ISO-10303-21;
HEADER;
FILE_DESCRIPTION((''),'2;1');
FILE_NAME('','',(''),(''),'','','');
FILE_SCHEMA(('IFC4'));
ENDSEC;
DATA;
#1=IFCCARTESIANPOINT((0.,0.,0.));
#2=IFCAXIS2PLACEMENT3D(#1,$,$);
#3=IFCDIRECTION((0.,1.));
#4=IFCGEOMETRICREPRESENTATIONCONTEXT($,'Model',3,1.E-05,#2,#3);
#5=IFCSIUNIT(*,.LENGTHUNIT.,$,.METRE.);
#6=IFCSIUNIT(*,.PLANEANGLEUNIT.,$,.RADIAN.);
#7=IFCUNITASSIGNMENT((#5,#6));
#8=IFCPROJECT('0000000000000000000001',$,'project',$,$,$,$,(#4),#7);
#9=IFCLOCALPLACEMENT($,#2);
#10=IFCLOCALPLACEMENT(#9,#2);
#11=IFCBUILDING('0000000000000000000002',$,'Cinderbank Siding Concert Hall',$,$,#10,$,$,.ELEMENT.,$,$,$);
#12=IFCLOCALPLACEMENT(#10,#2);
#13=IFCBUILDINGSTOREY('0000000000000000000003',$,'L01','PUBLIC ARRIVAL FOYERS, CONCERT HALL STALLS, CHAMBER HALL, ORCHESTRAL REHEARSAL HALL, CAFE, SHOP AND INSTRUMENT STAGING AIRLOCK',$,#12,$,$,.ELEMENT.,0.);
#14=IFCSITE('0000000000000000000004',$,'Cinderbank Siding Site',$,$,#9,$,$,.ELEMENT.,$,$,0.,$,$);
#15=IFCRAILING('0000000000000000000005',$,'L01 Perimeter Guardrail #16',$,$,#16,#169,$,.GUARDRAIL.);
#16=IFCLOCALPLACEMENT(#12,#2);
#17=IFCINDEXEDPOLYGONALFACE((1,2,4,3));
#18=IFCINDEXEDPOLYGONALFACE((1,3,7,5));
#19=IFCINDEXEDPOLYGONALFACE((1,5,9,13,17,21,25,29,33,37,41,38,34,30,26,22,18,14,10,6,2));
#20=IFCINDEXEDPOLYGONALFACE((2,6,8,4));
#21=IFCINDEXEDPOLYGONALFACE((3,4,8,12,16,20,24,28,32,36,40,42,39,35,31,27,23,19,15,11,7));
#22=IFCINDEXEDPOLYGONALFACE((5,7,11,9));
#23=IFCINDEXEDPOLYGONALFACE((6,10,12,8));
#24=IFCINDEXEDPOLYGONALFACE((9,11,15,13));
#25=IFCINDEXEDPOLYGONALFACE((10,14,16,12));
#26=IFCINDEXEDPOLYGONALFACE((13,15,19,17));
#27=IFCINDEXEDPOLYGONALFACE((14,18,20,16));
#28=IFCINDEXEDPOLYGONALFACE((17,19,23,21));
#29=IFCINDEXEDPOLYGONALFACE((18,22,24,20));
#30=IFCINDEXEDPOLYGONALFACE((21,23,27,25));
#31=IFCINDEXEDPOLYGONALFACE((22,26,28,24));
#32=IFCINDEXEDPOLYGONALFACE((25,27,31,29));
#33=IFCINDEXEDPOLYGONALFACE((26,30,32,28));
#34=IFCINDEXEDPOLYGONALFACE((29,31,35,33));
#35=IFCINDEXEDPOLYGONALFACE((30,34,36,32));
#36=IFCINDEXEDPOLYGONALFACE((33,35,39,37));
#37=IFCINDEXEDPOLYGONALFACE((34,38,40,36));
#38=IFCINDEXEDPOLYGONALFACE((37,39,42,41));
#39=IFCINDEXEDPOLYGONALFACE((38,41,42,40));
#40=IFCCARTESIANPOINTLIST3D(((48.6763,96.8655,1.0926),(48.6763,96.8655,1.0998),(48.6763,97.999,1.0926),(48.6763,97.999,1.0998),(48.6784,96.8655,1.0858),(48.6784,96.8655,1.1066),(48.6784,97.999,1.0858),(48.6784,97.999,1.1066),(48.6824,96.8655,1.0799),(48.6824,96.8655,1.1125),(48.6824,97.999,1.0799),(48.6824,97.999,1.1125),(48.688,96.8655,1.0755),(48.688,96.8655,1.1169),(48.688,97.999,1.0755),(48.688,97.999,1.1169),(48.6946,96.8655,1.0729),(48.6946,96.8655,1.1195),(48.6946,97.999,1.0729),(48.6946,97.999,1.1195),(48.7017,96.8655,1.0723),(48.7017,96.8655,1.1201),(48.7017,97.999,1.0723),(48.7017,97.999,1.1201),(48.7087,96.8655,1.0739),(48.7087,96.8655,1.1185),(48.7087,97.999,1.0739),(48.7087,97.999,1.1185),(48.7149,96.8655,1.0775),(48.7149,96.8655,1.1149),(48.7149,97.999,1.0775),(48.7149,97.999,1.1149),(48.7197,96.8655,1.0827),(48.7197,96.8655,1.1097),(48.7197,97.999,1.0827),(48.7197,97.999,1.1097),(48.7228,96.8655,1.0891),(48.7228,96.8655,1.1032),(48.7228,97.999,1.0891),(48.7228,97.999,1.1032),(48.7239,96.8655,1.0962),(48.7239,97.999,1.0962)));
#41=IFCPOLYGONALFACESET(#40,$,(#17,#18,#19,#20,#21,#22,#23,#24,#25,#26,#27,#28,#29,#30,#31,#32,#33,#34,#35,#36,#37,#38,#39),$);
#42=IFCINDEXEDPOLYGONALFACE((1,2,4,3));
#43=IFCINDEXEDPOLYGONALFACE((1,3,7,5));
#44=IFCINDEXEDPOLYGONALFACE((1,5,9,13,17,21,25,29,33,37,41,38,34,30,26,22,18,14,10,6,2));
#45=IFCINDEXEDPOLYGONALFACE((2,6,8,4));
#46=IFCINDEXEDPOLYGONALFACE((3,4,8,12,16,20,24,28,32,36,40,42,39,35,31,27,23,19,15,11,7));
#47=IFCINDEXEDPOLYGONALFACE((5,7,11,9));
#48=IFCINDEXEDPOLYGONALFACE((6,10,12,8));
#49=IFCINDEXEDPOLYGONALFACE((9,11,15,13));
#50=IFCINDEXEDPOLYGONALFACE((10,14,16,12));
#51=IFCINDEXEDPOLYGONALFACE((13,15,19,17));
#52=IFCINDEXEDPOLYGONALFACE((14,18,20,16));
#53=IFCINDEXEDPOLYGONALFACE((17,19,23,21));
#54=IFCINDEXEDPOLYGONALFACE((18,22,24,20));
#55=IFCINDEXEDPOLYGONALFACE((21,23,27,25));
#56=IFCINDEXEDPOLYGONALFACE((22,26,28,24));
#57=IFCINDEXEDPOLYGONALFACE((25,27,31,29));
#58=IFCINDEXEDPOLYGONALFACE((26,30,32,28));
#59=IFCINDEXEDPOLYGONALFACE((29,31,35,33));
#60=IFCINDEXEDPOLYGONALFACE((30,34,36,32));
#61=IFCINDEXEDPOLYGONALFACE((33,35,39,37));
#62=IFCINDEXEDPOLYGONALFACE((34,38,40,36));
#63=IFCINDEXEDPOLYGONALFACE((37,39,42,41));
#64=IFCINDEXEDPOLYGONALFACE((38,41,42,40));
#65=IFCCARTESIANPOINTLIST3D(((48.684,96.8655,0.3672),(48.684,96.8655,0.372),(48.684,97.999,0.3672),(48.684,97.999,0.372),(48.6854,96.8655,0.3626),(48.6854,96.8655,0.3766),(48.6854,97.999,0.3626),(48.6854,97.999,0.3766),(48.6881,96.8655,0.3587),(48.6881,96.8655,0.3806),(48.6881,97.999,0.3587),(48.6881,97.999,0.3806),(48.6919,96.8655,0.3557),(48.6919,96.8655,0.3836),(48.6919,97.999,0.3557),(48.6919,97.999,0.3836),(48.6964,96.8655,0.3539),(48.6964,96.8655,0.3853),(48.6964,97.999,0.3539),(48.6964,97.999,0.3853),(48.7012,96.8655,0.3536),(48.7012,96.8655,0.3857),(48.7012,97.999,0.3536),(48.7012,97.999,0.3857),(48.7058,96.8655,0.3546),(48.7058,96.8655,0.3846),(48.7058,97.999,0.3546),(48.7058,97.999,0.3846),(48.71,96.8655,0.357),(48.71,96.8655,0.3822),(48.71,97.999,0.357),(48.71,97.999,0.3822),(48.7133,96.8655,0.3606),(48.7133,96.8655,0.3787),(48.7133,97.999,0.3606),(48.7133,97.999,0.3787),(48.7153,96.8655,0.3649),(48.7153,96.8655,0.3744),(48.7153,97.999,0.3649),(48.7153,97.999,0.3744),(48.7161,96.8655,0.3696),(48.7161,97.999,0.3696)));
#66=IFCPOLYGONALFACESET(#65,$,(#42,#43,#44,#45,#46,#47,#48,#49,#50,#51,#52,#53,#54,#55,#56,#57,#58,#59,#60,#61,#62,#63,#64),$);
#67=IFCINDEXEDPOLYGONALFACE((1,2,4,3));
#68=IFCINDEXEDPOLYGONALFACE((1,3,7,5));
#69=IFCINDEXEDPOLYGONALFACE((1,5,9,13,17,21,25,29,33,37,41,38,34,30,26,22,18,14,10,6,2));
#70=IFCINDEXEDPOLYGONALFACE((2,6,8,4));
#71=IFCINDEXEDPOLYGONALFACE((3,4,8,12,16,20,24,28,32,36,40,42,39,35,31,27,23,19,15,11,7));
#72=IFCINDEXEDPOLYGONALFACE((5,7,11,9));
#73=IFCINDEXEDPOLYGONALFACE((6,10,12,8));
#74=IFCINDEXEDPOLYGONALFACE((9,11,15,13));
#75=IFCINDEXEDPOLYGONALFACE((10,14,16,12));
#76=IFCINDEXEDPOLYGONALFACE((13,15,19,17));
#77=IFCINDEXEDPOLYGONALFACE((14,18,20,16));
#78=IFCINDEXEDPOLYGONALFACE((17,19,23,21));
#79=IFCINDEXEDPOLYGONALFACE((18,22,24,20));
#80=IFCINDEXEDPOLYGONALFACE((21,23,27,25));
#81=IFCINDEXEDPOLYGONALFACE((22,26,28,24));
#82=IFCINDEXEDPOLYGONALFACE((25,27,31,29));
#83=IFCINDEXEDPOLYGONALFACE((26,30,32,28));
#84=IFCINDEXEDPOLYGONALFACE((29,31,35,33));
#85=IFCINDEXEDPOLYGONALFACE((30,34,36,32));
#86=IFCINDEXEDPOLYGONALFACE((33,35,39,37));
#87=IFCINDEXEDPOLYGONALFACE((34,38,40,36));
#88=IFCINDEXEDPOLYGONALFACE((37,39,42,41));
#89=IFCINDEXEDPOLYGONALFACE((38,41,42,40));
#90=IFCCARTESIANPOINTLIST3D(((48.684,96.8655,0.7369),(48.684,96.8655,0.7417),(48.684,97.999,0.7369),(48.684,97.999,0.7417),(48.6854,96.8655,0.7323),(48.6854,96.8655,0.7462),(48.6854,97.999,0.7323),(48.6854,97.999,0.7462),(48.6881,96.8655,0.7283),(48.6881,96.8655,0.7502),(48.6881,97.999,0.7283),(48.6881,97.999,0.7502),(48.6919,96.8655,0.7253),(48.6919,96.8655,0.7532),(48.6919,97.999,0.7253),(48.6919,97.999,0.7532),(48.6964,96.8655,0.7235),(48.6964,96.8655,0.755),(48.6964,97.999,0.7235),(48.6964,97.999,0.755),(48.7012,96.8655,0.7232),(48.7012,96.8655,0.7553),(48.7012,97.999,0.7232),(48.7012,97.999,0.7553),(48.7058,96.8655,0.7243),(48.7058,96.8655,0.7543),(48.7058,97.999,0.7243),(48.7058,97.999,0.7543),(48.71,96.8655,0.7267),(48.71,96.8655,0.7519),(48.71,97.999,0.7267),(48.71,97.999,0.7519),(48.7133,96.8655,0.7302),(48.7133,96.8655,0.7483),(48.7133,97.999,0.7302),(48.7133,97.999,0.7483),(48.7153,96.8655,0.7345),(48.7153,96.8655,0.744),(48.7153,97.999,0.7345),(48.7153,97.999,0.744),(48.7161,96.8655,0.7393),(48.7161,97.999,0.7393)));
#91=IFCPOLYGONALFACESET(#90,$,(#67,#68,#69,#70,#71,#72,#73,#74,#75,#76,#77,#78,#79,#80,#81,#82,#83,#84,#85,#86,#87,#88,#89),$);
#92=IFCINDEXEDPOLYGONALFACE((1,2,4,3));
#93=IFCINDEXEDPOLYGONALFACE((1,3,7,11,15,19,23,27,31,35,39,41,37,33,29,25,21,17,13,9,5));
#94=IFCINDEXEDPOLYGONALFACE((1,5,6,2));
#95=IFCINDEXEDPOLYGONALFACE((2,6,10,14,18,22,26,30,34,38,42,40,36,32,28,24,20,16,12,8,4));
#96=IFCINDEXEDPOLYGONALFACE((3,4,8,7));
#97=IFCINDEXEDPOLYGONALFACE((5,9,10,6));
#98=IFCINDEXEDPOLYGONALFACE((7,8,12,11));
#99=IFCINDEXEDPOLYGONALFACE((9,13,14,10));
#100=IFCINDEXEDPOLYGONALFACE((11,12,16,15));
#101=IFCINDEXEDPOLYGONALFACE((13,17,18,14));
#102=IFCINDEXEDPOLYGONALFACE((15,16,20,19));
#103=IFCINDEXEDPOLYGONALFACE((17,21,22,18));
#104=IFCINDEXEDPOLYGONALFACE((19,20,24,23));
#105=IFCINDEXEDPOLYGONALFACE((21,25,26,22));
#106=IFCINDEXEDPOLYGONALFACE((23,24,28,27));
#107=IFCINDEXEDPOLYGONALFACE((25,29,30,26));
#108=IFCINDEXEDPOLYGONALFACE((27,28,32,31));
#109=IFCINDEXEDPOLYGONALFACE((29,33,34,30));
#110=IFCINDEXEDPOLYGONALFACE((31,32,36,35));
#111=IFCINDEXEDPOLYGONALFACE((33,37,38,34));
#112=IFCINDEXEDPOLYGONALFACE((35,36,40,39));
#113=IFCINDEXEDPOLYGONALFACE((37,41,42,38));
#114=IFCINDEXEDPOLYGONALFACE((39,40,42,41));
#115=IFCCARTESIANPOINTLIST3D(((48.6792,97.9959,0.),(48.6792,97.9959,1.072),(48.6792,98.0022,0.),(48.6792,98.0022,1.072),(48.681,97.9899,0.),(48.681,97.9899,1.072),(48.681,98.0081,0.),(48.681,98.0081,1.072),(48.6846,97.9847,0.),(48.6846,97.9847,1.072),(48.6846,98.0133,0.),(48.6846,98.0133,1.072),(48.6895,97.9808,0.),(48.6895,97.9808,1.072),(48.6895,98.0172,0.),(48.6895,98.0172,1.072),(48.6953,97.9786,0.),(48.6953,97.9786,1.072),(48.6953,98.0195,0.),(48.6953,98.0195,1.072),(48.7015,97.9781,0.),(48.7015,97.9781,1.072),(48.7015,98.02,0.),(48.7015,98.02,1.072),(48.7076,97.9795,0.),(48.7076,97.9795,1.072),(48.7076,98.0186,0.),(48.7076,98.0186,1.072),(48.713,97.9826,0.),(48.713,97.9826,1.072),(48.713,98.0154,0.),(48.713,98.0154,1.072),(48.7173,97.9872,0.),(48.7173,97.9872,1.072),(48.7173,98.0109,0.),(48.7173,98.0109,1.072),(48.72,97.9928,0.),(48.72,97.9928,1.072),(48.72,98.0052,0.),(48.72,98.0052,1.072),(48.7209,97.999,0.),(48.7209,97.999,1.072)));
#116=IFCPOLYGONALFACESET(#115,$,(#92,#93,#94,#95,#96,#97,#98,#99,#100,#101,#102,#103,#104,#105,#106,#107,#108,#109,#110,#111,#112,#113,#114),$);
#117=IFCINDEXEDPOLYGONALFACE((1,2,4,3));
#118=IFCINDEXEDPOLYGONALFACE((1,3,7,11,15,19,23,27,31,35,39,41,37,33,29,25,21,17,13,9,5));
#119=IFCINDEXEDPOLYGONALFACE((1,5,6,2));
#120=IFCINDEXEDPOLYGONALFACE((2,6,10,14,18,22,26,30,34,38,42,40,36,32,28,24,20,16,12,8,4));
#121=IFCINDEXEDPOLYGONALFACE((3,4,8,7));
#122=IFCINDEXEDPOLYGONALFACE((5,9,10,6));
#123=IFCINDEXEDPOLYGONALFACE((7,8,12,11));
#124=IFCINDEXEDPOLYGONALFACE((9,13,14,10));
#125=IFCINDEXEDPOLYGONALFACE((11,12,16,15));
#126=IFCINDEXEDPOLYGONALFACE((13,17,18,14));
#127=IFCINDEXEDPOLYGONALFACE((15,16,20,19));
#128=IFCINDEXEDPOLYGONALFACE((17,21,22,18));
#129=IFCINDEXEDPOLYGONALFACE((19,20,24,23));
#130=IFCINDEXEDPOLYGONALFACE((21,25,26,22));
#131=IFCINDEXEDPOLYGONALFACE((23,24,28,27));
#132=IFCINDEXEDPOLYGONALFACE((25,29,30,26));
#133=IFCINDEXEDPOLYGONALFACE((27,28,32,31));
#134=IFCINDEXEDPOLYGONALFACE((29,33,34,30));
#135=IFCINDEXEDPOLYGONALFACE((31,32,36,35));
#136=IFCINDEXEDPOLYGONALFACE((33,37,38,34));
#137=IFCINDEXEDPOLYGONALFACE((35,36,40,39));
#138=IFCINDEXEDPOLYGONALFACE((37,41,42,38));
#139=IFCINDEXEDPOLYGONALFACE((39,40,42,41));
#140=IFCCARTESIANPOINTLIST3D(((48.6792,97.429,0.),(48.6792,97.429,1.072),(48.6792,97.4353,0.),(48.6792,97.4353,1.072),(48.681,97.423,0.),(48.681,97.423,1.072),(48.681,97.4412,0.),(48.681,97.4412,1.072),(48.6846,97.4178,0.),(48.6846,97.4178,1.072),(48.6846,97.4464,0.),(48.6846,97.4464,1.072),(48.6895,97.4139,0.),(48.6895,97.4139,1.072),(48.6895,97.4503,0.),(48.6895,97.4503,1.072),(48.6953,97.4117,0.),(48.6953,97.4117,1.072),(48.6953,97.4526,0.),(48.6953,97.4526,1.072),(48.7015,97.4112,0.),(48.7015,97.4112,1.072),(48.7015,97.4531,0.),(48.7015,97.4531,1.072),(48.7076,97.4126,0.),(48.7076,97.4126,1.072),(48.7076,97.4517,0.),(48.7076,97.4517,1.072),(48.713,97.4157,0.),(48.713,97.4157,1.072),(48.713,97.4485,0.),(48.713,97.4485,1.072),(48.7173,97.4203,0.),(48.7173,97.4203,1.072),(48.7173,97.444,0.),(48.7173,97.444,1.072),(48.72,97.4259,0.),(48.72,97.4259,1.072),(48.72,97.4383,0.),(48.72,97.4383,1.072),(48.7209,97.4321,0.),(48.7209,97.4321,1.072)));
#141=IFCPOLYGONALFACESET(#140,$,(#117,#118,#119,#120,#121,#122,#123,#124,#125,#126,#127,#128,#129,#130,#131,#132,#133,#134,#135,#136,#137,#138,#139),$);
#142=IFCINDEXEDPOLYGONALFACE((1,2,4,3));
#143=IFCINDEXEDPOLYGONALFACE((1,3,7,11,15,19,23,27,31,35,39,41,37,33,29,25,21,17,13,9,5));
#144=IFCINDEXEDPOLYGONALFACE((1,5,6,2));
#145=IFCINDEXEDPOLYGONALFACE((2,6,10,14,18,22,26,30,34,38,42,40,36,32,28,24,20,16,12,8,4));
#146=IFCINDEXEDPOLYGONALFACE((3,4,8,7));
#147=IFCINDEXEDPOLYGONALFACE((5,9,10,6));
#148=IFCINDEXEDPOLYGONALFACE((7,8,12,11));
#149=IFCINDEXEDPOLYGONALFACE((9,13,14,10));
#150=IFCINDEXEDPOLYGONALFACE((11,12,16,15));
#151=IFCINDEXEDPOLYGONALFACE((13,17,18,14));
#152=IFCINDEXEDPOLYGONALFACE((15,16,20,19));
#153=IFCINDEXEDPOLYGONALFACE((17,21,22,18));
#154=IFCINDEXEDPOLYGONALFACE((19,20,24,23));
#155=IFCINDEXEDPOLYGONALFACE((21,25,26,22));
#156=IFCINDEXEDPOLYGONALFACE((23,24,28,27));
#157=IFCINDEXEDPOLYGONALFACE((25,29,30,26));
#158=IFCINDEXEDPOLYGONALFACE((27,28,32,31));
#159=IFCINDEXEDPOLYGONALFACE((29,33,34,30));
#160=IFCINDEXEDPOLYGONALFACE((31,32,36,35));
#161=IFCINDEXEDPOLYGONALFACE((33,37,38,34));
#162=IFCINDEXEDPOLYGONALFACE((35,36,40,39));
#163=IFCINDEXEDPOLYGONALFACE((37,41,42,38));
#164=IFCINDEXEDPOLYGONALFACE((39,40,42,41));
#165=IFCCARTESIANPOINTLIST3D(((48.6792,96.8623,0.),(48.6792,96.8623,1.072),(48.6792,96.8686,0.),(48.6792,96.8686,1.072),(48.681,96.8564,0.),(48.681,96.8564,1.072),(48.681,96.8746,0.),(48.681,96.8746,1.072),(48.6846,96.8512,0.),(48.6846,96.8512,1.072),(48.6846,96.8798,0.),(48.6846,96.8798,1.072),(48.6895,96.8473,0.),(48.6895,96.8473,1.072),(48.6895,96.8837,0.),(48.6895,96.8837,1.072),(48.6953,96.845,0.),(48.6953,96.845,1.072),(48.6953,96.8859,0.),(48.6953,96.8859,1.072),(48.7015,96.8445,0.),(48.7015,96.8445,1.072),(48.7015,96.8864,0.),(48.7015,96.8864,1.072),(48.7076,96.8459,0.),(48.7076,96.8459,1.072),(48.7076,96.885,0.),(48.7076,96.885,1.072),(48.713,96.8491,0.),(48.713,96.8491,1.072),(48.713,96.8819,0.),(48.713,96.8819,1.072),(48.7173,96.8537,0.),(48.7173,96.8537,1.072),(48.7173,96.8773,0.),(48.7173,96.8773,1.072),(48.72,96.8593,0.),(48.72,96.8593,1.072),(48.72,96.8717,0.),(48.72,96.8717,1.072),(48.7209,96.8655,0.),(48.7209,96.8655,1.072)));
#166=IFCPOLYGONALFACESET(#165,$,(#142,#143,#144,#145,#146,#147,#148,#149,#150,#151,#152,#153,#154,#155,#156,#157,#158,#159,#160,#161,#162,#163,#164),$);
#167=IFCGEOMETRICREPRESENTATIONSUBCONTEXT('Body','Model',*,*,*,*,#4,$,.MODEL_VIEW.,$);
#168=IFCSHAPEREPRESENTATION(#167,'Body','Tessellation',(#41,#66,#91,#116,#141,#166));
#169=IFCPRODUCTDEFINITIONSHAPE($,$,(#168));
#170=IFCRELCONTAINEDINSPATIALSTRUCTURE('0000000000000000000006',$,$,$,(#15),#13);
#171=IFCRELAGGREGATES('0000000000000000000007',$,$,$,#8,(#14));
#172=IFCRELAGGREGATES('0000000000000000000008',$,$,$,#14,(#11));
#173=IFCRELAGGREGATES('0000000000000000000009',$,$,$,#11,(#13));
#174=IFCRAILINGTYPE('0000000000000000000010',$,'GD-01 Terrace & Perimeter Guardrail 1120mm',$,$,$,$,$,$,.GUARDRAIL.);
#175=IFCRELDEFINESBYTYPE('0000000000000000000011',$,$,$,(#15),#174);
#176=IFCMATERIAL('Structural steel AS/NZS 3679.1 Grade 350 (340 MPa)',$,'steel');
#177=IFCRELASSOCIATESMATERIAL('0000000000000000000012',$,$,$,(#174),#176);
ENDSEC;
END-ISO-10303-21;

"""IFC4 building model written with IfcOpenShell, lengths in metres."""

from ifc_helpers import new_model, si_unit, direction, frame, origin, origin_2d, place, context, subcontext, project, spatial, circle, extrude, material, type_object, element, save


model = new_model("IFC4")

# Units and contexts
model_context = context("Model", 3, precision=1e-05, world=origin(), true_north=direction((0.0, 1.0)))
body_context = subcontext(model_context, "Body", "Model", "MODEL_VIEW")
ifc_project = project(units=[si_unit("LENGTHUNIT", "METRE"), si_unit("PLANEANGLEUNIT", "RADIAN")], contexts=[model_context])

# Site, building, storey
site_placement = place(None, origin())
site = spatial("IfcSite", under=ifc_project, at=site_placement, Name="Cinderbank Siding Site", CompositionType="ELEMENT", RefElevation=0.0)
building_placement = place(site_placement, origin())
building = spatial("IfcBuilding", under=site, at=building_placement, Name="Cinderbank Siding Concert Hall", CompositionType="ELEMENT")
storey_placement = place(building_placement, origin())
storey = spatial("IfcBuildingStorey", under=building, at=storey_placement, Name="L01", Description="PUBLIC ARRIVAL FOYERS, CONCERT HALL STALLS, CHAMBER HALL, ORCHESTRAL REHEARSAL HALL, CAFE, SHOP AND INSTRUMENT STAGING AIRLOCK", CompositionType="ELEMENT", Elevation=0.0)

# Shared definitions
ifc_material_1 = material(Name="Structural steel AS/NZS 3679.1 Grade 350 (340 MPa)", Category="steel")

# Railing
railing_type = type_object("IfcRailingType", Name="GD-01 Terrace & Perimeter Guardrail 1120mm", PredefinedType="GUARDRAIL", material=ifc_material_1)
railing_1_placement = place(storey_placement, frame((48.7, 97.999, 0.0)))
element("IfcRailing", 1, at=railing_1_placement, inside=storey, type_object=railing_type, Name="L01 Perimeter Guardrail #16", PredefinedType="GUARDRAIL", context=body_context, shape_type="SweptSolid", body=[
    extrude(circle(Radius=0.0239, at=origin_2d()), frame((0.0, 0.0, 1.0962), z_axis=(0.0, -1.0, 0.0), x_axis=(1.0, 0.0, 0.0)), (0.0, 0.0, 1.0), 1.1335),
    extrude(circle(Radius=0.0161, at=origin_2d()), frame((0.0, 0.0, 0.3696), z_axis=(0.0, -1.0, 0.0), x_axis=(1.0, 0.0, 0.0)), (0.0, 0.0, 1.0), 1.1335),
    extrude(circle(Radius=0.0161, at=origin_2d()), frame((0.0, 0.0, 0.7393), z_axis=(0.0, -1.0, 0.0), x_axis=(1.0, 0.0, 0.0)), (0.0, 0.0, 1.0), 1.1335),
    extrude(circle(Radius=0.021, at=origin_2d()), origin(), (0.0, 0.0, 1.0), 1.072),
    extrude(circle(Radius=0.021, at=origin_2d()), frame((0.0, -0.5669, 0.0)), (0.0, 0.0, 1.0), 1.072),
    extrude(circle(Radius=0.021, at=origin_2d()), frame((0.0, -1.1335, 0.0)), (0.0, 0.0, 1.0), 1.072),
])

save(model, "model.ifc")
